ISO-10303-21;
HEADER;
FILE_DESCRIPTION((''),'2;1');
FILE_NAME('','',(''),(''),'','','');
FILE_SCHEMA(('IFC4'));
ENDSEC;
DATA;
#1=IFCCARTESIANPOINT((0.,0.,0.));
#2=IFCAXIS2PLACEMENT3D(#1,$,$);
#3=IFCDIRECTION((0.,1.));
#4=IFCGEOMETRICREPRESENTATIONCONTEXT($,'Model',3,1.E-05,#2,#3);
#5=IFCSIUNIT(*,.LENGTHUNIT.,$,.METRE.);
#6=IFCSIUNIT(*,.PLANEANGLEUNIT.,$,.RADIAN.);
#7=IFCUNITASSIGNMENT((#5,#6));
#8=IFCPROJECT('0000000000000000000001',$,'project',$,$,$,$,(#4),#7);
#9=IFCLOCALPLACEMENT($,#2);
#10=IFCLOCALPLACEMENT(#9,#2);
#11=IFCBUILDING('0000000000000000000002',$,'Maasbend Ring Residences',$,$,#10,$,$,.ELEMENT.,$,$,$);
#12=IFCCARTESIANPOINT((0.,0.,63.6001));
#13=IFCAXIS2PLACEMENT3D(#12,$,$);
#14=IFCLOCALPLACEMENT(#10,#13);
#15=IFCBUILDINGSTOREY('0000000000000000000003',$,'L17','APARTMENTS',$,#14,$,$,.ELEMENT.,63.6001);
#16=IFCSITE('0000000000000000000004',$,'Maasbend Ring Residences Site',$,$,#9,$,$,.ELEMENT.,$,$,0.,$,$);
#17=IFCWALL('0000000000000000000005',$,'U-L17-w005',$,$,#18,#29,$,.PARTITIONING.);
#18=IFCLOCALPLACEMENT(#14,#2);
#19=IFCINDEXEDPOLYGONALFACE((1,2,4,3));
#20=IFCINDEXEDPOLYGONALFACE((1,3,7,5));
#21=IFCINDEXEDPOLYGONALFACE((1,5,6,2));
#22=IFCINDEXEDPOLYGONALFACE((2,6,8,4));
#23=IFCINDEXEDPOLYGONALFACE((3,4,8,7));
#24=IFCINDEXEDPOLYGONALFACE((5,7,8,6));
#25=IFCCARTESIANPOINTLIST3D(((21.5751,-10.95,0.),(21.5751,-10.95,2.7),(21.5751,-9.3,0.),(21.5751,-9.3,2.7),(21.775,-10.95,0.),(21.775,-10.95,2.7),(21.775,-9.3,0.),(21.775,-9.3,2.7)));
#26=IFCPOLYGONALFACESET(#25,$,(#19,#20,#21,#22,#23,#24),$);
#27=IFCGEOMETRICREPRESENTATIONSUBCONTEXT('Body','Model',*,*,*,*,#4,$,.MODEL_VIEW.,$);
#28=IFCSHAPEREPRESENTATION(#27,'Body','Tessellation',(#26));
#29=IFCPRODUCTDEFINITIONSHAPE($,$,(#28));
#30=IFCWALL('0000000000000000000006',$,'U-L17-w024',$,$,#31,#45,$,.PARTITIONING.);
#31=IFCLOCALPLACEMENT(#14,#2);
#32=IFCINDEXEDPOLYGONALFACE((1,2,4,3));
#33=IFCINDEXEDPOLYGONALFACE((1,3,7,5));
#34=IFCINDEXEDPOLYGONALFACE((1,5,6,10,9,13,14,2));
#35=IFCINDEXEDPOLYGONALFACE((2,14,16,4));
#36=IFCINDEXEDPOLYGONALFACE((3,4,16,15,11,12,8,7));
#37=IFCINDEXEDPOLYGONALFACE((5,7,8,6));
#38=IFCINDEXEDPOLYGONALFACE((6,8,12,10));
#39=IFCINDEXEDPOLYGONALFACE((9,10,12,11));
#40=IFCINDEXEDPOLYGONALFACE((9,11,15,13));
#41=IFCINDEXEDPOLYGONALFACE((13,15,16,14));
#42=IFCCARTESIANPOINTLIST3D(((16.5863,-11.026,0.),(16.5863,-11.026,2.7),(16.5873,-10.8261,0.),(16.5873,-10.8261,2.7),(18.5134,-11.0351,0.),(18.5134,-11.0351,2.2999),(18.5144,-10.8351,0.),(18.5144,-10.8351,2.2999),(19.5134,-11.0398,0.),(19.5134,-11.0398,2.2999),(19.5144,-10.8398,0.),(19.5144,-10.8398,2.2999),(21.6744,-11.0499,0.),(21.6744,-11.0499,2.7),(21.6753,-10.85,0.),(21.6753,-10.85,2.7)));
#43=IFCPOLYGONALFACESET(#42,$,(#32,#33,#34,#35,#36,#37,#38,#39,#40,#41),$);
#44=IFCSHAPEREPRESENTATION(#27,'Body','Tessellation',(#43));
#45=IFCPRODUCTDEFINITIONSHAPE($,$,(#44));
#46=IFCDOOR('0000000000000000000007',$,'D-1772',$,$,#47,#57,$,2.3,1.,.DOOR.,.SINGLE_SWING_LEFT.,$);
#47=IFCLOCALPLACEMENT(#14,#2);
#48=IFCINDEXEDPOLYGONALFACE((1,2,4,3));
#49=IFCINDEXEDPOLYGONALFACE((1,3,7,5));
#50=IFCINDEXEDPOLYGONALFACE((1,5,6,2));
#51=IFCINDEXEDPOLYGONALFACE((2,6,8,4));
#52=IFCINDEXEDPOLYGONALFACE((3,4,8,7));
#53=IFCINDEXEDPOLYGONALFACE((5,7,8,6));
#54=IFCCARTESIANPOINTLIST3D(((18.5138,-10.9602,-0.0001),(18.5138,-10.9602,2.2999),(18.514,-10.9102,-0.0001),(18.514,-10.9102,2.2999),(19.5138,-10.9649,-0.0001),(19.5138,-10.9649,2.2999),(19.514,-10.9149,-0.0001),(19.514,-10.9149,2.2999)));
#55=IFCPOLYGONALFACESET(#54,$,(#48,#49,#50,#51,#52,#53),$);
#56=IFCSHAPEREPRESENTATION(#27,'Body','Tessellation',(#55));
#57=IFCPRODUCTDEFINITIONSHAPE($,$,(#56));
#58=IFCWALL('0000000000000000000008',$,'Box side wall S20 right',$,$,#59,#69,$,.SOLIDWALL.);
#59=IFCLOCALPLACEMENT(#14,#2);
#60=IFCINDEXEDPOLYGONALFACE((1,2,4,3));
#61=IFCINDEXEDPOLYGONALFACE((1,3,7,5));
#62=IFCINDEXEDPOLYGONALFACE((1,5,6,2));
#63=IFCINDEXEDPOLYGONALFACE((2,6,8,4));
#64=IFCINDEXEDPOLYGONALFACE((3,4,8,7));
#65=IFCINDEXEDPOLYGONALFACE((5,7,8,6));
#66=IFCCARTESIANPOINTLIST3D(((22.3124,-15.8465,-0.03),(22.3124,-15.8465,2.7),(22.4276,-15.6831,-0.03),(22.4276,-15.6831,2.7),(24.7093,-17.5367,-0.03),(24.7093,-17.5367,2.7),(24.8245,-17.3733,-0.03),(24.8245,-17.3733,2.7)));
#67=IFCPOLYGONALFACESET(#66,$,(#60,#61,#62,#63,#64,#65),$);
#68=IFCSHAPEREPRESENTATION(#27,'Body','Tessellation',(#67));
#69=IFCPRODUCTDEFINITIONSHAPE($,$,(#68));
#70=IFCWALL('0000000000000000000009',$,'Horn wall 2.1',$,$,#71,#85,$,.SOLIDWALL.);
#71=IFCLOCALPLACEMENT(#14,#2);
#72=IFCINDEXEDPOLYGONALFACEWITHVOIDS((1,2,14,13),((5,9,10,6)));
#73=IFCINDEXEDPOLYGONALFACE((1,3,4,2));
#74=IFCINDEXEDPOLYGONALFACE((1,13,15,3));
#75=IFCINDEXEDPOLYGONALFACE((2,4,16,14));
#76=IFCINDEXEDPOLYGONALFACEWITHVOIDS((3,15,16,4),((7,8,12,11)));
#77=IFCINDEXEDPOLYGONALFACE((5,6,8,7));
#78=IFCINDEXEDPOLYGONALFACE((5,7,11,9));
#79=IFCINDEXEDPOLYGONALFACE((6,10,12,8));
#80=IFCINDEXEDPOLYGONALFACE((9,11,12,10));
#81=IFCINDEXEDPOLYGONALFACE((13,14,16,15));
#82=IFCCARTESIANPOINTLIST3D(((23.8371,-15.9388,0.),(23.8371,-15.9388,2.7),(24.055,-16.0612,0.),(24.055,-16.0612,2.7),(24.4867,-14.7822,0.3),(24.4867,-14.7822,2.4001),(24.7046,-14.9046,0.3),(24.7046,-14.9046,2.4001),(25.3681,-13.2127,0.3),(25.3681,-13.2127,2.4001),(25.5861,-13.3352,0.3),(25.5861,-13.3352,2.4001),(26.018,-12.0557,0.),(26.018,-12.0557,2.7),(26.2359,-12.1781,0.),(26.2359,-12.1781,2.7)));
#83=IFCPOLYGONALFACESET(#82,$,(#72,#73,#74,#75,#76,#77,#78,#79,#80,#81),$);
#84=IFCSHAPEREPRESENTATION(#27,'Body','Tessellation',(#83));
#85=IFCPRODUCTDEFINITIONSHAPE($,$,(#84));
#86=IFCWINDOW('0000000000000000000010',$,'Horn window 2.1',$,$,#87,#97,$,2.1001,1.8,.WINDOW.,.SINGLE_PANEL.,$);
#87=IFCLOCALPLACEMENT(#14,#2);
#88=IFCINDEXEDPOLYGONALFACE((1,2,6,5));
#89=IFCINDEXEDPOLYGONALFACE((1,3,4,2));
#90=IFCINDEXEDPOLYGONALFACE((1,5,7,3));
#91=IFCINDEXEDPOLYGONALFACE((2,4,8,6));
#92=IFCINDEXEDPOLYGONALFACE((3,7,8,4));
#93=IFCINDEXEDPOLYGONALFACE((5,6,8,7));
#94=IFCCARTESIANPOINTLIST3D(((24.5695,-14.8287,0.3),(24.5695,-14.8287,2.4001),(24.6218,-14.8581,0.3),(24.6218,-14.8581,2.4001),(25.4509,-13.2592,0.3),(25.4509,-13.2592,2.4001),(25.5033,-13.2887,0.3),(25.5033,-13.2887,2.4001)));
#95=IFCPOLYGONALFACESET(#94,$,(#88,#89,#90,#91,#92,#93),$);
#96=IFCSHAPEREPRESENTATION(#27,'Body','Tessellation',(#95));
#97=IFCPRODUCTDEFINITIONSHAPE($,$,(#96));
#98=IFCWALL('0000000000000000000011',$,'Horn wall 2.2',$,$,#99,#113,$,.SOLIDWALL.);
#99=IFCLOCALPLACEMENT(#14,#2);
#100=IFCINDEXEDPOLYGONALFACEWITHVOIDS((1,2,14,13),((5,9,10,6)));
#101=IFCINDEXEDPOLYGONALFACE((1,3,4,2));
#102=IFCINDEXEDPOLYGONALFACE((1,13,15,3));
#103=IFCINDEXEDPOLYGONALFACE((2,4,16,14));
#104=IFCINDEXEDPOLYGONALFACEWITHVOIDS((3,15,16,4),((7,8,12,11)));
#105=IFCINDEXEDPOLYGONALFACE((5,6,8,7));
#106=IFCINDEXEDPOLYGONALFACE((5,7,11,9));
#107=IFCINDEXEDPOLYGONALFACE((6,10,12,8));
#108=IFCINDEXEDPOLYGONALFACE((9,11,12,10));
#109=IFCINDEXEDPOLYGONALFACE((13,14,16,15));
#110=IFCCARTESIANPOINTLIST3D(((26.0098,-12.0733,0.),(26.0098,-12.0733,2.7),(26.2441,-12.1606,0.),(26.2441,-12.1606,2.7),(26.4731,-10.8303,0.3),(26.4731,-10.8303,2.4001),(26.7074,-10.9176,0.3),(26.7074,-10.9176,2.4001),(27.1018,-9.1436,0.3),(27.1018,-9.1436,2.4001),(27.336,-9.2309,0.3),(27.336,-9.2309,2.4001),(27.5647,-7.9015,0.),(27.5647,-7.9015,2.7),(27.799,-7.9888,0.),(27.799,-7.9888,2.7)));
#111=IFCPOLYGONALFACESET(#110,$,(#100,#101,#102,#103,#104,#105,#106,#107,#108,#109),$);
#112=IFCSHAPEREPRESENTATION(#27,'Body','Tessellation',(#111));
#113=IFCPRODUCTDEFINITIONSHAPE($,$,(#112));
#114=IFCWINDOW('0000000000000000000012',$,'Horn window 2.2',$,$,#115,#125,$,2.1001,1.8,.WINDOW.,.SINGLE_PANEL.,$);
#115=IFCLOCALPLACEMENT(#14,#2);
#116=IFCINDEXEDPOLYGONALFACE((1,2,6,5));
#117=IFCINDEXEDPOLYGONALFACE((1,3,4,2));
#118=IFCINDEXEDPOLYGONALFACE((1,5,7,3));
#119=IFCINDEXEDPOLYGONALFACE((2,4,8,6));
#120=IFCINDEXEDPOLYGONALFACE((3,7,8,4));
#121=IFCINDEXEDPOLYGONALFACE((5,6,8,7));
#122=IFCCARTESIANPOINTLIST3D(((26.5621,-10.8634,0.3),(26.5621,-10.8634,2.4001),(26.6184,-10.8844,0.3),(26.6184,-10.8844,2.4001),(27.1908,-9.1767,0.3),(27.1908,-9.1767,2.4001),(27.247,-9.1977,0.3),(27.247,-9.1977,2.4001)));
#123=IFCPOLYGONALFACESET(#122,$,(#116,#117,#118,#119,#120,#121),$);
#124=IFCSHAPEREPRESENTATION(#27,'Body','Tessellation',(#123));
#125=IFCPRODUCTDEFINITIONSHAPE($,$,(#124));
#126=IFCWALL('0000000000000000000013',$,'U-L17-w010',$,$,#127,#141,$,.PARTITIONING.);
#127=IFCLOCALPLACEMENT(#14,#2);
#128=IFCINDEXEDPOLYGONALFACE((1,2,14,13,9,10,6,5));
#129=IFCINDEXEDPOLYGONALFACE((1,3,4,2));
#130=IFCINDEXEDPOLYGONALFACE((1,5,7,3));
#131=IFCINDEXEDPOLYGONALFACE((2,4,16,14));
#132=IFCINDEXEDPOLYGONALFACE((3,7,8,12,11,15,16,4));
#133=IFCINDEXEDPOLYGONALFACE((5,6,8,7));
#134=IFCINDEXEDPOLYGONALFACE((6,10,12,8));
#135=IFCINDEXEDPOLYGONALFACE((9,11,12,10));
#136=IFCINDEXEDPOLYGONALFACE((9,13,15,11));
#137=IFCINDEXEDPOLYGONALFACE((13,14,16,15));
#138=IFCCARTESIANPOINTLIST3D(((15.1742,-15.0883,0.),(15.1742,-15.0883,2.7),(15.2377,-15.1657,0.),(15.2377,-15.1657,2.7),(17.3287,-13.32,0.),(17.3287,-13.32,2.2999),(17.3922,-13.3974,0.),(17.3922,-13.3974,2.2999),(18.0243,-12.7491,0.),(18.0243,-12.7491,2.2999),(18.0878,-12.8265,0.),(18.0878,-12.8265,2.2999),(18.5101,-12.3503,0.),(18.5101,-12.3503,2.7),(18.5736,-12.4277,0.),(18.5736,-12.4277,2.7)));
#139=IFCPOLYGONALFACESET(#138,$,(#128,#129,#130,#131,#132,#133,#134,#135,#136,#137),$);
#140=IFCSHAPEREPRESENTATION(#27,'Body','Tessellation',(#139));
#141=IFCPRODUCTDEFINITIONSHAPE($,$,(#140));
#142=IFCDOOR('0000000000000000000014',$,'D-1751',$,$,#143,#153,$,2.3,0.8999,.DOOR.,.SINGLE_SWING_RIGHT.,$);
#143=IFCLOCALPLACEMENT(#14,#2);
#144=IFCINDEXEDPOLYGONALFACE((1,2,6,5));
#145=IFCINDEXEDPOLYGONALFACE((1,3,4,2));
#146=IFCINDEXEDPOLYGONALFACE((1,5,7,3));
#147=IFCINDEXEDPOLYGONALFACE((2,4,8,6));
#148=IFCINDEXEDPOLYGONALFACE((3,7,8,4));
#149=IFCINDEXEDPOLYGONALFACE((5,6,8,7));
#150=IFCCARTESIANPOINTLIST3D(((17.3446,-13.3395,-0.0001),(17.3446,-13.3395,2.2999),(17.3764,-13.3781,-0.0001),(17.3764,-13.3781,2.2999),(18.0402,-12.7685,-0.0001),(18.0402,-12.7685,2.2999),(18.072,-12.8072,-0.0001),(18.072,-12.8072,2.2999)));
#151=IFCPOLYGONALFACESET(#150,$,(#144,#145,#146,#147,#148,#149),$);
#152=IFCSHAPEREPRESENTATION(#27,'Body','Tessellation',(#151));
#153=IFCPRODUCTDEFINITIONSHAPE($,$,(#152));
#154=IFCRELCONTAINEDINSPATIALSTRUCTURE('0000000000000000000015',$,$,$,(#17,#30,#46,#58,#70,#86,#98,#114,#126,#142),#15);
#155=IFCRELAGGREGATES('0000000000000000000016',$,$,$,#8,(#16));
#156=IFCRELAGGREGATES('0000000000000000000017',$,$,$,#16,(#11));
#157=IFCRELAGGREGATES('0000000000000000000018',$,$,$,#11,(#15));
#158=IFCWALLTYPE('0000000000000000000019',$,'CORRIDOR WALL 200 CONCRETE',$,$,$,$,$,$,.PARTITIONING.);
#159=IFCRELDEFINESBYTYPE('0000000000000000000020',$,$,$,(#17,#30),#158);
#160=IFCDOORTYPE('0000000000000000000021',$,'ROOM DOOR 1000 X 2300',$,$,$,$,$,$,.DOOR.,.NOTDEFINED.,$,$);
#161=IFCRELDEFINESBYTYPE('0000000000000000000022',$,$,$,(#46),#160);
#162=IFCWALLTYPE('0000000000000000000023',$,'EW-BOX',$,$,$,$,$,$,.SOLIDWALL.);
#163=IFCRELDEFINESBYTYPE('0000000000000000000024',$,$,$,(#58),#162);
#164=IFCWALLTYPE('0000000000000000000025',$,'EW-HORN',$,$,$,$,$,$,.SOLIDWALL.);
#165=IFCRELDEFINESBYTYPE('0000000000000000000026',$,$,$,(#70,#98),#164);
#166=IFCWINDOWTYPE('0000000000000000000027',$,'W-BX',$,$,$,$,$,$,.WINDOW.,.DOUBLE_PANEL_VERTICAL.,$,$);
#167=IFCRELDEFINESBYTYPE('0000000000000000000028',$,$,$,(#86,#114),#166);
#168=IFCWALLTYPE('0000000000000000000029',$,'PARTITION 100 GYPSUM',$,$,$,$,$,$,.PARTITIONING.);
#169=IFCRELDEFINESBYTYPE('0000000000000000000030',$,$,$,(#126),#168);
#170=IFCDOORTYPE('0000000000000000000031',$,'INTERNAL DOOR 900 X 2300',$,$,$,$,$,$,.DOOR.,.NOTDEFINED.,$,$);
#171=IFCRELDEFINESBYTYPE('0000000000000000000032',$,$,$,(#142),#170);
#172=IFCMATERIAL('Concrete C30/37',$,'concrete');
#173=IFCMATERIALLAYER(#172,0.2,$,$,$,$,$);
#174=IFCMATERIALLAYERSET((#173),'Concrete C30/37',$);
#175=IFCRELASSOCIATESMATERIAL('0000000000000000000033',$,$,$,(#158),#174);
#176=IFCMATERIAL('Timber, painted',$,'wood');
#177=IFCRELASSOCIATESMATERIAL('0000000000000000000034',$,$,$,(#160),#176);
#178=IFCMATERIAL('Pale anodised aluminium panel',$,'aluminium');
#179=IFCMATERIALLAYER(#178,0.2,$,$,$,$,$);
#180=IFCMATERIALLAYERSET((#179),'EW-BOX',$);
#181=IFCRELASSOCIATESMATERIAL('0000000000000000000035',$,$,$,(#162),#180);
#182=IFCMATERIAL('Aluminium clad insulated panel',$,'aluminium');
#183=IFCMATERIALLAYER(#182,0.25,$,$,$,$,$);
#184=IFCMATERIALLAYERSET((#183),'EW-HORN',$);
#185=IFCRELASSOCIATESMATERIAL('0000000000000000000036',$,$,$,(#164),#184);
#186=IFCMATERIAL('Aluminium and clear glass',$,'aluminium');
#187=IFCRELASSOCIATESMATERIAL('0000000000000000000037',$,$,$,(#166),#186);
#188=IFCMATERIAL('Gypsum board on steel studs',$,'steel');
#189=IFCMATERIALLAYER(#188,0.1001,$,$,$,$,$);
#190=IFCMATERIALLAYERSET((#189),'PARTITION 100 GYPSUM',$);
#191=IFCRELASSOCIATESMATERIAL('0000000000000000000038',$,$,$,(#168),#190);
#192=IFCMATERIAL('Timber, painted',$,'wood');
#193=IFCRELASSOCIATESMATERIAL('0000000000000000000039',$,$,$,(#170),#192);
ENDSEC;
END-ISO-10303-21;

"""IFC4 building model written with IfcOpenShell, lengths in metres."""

from ifc_helpers import new_model, si_unit, direction, frame, frame_2d, origin, place, context, subcontext, project, spatial, rectangle, extrude, material, layer, layer_set, type_object, element, fill, save


model = new_model("IFC4")

# Units and contexts
model_context = context("Model", 3, precision=1e-05, world=origin(), true_north=direction((0.0, 1.0)))
body_context = subcontext(model_context, "Body", "Model", "MODEL_VIEW")
ifc_project = project(units=[si_unit("LENGTHUNIT", "METRE"), si_unit("PLANEANGLEUNIT", "RADIAN")], contexts=[model_context])

# Site, building, storey
site_placement = place(None, origin())
site = spatial("IfcSite", under=ifc_project, at=site_placement, Name="Maasbend Ring Residences Site", CompositionType="ELEMENT", RefElevation=0.0)
building_placement = place(site_placement, origin())
building = spatial("IfcBuilding", under=site, at=building_placement, Name="Maasbend Ring Residences", CompositionType="ELEMENT")
storey_placement = place(building_placement, frame((0.0, 0.0, 63.6001)))
storey = spatial("IfcBuildingStorey", under=building, at=storey_placement, Name="L17", Description="APARTMENTS", CompositionType="ELEMENT", Elevation=63.6001)

# Wall
ifc_material_1 = material(Name="Concrete C30/37", Category="concrete")
ifc_layer_1 = layer(ifc_material_1, 0.2)
ifc_layer_set_1 = layer_set([ifc_layer_1], Name="Concrete C30/37")
wall_type_1 = type_object("IfcWallType", Name="CORRIDOR WALL 200 CONCRETE", PredefinedType="PARTITIONING", material=ifc_layer_set_1)
wall_1_placement = place(storey_placement, frame((21.675, -10.95, 0.0), z_axis=(0.0, 0.0, 1.0), x_axis=(0.0, 1.0, 0.0)))
element("IfcWall", 1, at=wall_1_placement, inside=storey, type_object=wall_type_1, Name="U-L17-w005", PredefinedType="PARTITIONING", context=body_context, shape_type="SweptSolid", body=[
    extrude(rectangle(XDim=1.6499, YDim=0.2, at=frame_2d((0.825, 0.0))), origin(), (0.0, 0.0, 1.0), 2.7),
])

# Wall, opening, door
wall_2_placement = place(storey_placement, frame((16.5869, -10.926, 0.0), z_axis=(0.0, 0.0, 1.0), x_axis=(0.999989, -0.004702, 0.0)))
wall_2 = element("IfcWall", 2, at=wall_2_placement, inside=storey, type_object=wall_type_1, Name="U-L17-w024", PredefinedType="PARTITIONING", context=body_context, shape_type="SweptSolid", body=[
    extrude(rectangle(XDim=5.0881, YDim=0.2, at=frame_2d((2.5439, 0.0))), origin(), (0.0, 0.0, 1.0), 2.7),
])
opening_1_placement = place(wall_2_placement, frame((1.927, 0.0, 0.0)))
opening_1 = element("IfcOpeningElement", 3, at=opening_1_placement, cuts=wall_2, PredefinedType="OPENING", context=body_context, shape_type="SweptSolid", body=[
    extrude(rectangle(XDim=1.0, YDim=2.3, at=frame_2d((0.5, 1.1499))), frame((0.0, 0.1099, 0.0), z_axis=(0.0, -1.0, 0.0), x_axis=(1.0, 0.0, 0.0)), (0.0, 0.0, 1.0), 0.22),
])
ifc_material_2 = material(Name="Timber, painted", Category="wood")
door_type_1 = type_object("IfcDoorType", Name="ROOM DOOR 1000 X 2300", OperationType="NOTDEFINED", PredefinedType="DOOR", material=ifc_material_2)
door_1_placement = place(opening_1_placement, origin())
door_1 = element("IfcDoor", 4, at=door_1_placement, inside=storey, type_object=door_type_1, Name="D-1772", OperationType="SINGLE_SWING_LEFT", OverallHeight=2.3, OverallWidth=1.0, PredefinedType="DOOR", context=body_context, shape_type="SweptSolid", body=[
    extrude(rectangle(XDim=1.0, YDim=2.3, at=frame_2d((0.5, 1.1499))), frame((0.0, 0.0249, 0.0), z_axis=(0.0, -1.0, 0.0), x_axis=(1.0, 0.0, 0.0)), (0.0, 0.0, 1.0), 0.05),
])
fill(opening_1, door_1)

# Wall
ifc_material_3 = material(Name="Pale anodised aluminium panel", Category="aluminium")
ifc_layer_2 = layer(ifc_material_3, 0.2)
ifc_layer_set_2 = layer_set([ifc_layer_2], Name="EW-BOX")
wall_type_2 = type_object("IfcWallType", Name="EW-BOX", PredefinedType="SOLIDWALL", material=ifc_layer_set_2)
wall_3_placement = place(storey_placement, frame((22.3701, -15.7649, -0.03), z_axis=(0.0, 0.0, 1.0), x_axis=(0.817256, -0.576275, 0.0)))
element("IfcWall", 5, at=wall_3_placement, inside=storey, type_object=wall_type_2, Name="Box side wall S20 right", PredefinedType="SOLIDWALL", context=body_context, shape_type="SweptSolid", body=[
    extrude(rectangle(XDim=2.9329, YDim=0.2, at=frame_2d((1.4663, 0.0))), origin(), (0.0, 0.0, 1.0), 2.73),
])

# Walls, openings, windows
ifc_material_4 = material(Name="Aluminium clad insulated panel", Category="aluminium")
ifc_layer_3 = layer(ifc_material_4, 0.25)
ifc_layer_set_3 = layer_set([ifc_layer_3], Name="EW-HORN")
wall_type_3 = type_object("IfcWallType", Name="EW-HORN", PredefinedType="SOLIDWALL", material=ifc_layer_set_3)
wall_4_placement = place(storey_placement, frame((23.946, -16.0, 0.0), z_axis=(0.0, 0.0, 1.0), x_axis=(0.489696, 0.871893, 0.0)))
wall_4 = element("IfcWall", 6, at=wall_4_placement, inside=storey, type_object=wall_type_3, Name="Horn wall 2.1", PredefinedType="SOLIDWALL", context=body_context, shape_type="SweptSolid", body=[
    extrude(rectangle(XDim=4.4536, YDim=0.25, at=frame_2d((2.2268, 0.0))), origin(), (0.0, 0.0, 1.0), 2.7),
])
opening_2_placement = place(wall_4_placement, frame((1.3267, 0.0, 0.3)))
opening_2 = element("IfcOpeningElement", 7, at=opening_2_placement, cuts=wall_4, PredefinedType="OPENING", context=body_context, shape_type="SweptSolid", body=[
    extrude(rectangle(XDim=1.8, YDim=2.1001, at=frame_2d((0.8999, 1.05))), frame((0.0, 0.135, 0.0), z_axis=(0.0, -1.0, 0.0), x_axis=(1.0, 0.0, 0.0)), (0.0, 0.0, 1.0), 0.27),
])
ifc_material_5 = material(Name="Aluminium and clear glass", Category="aluminium")
window_type = type_object("IfcWindowType", Name="W-BX", PartitioningType="DOUBLE_PANEL_VERTICAL", PredefinedType="WINDOW", material=ifc_material_5)
window_1_placement = place(opening_2_placement, origin())
window_1 = element("IfcWindow", 8, at=window_1_placement, inside=storey, type_object=window_type, Name="Horn window 2.1", OverallHeight=2.1001, OverallWidth=1.8, PartitioningType="SINGLE_PANEL", PredefinedType="WINDOW", context=body_context, shape_type="SweptSolid", body=[
    extrude(rectangle(XDim=1.8, YDim=2.1001, at=frame_2d((0.8999, 1.05))), frame((0.0, 0.03, 0.0), z_axis=(0.0, -1.0, 0.0), x_axis=(1.0, 0.0, 0.0)), (0.0, 0.0, 1.0), 0.0601),
])
fill(opening_2, window_1)
wall_5_placement = place(storey_placement, frame((26.127, -12.1169, 0.0), z_axis=(0.0, 0.0, 1.0), x_axis=(0.349248, 0.93703, 0.0)))
wall_5 = element("IfcWall", 9, at=wall_5_placement, inside=storey, type_object=wall_type_3, Name="Horn wall 2.2", PredefinedType="SOLIDWALL", context=body_context, shape_type="SweptSolid", body=[
    extrude(rectangle(XDim=4.4521, YDim=0.25, at=frame_2d((2.2261, 0.0))), origin(), (0.0, 0.0, 1.0), 2.7),
])
opening_3_placement = place(wall_5_placement, frame((1.3267, 0.0, 0.3)))
opening_3 = element("IfcOpeningElement", 10, at=opening_3_placement, cuts=wall_5, PredefinedType="OPENING", context=body_context, shape_type="SweptSolid", body=[
    extrude(rectangle(XDim=1.8, YDim=2.1001, at=frame_2d((0.8999, 1.05))), frame((0.0, 0.135, 0.0), z_axis=(0.0, -1.0, 0.0), x_axis=(1.0, 0.0, 0.0)), (0.0, 0.0, 1.0), 0.27),
])
window_2_placement = place(opening_3_placement, origin())
window_2 = element("IfcWindow", 11, at=window_2_placement, inside=storey, type_object=window_type, Name="Horn window 2.2", OverallHeight=2.1001, OverallWidth=1.8, PartitioningType="SINGLE_PANEL", PredefinedType="WINDOW", context=body_context, shape_type="SweptSolid", body=[
    extrude(rectangle(XDim=1.8, YDim=2.1001, at=frame_2d((0.8999, 1.05))), frame((0.0, 0.03, 0.0), z_axis=(0.0, -1.0, 0.0), x_axis=(1.0, 0.0, 0.0)), (0.0, 0.0, 1.0), 0.0601),
])
fill(opening_3, window_2)

# Wall, opening, door
ifc_material_6 = material(Name="Gypsum board on steel studs", Category="steel")
ifc_layer_4 = layer(ifc_material_6, 0.1001)
ifc_layer_set_4 = layer_set([ifc_layer_4], Name="PARTITION 100 GYPSUM")
wall_type_4 = type_object("IfcWallType", Name="PARTITION 100 GYPSUM", PredefinedType="PARTITIONING", material=ifc_layer_set_4)
wall_6_placement = place(storey_placement, frame((15.2061, -15.127, 0.0), z_axis=(0.0, 0.0, 1.0), x_axis=(0.772976, 0.634435, 0.0)))
wall_6 = element("IfcWall", 12, at=wall_6_placement, inside=storey, type_object=wall_type_4, Name="U-L17-w010", PredefinedType="PARTITIONING", context=body_context, shape_type="SweptSolid", body=[
    extrude(rectangle(XDim=4.3157, YDim=0.1001, at=frame_2d((2.1577, 0.0))), origin(), (0.0, 0.0, 1.0), 2.7),
])
opening_4_placement = place(wall_6_placement, frame((2.7871, 0.0, 0.0)))
opening_4 = element("IfcOpeningElement", 13, at=opening_4_placement, cuts=wall_6, PredefinedType="OPENING", context=body_context, shape_type="SweptSolid", body=[
    extrude(rectangle(XDim=0.8999, YDim=2.3, at=frame_2d((0.45, 1.1499))), frame((0.0, 0.0601, 0.0), z_axis=(0.0, -1.0, 0.0), x_axis=(1.0, 0.0, 0.0)), (0.0, 0.0, 1.0), 0.1201),
])
ifc_material_7 = material(Name="Timber, painted", Category="wood")
door_type_2 = type_object("IfcDoorType", Name="INTERNAL DOOR 900 X 2300", OperationType="NOTDEFINED", PredefinedType="DOOR", material=ifc_material_7)
door_2_placement = place(opening_4_placement, origin())
door_2 = element("IfcDoor", 14, at=door_2_placement, inside=storey, type_object=door_type_2, Name="D-1751", OperationType="SINGLE_SWING_RIGHT", OverallHeight=2.3, OverallWidth=0.8999, PredefinedType="DOOR", context=body_context, shape_type="SweptSolid", body=[
    extrude(rectangle(XDim=0.8999, YDim=2.3, at=frame_2d((0.45, 1.1499))), frame((0.0, 0.0249, 0.0), z_axis=(0.0, -1.0, 0.0), x_axis=(1.0, 0.0, 0.0)), (0.0, 0.0, 1.0), 0.05),
])
fill(opening_4, door_2)

save(model, "model.ifc")
